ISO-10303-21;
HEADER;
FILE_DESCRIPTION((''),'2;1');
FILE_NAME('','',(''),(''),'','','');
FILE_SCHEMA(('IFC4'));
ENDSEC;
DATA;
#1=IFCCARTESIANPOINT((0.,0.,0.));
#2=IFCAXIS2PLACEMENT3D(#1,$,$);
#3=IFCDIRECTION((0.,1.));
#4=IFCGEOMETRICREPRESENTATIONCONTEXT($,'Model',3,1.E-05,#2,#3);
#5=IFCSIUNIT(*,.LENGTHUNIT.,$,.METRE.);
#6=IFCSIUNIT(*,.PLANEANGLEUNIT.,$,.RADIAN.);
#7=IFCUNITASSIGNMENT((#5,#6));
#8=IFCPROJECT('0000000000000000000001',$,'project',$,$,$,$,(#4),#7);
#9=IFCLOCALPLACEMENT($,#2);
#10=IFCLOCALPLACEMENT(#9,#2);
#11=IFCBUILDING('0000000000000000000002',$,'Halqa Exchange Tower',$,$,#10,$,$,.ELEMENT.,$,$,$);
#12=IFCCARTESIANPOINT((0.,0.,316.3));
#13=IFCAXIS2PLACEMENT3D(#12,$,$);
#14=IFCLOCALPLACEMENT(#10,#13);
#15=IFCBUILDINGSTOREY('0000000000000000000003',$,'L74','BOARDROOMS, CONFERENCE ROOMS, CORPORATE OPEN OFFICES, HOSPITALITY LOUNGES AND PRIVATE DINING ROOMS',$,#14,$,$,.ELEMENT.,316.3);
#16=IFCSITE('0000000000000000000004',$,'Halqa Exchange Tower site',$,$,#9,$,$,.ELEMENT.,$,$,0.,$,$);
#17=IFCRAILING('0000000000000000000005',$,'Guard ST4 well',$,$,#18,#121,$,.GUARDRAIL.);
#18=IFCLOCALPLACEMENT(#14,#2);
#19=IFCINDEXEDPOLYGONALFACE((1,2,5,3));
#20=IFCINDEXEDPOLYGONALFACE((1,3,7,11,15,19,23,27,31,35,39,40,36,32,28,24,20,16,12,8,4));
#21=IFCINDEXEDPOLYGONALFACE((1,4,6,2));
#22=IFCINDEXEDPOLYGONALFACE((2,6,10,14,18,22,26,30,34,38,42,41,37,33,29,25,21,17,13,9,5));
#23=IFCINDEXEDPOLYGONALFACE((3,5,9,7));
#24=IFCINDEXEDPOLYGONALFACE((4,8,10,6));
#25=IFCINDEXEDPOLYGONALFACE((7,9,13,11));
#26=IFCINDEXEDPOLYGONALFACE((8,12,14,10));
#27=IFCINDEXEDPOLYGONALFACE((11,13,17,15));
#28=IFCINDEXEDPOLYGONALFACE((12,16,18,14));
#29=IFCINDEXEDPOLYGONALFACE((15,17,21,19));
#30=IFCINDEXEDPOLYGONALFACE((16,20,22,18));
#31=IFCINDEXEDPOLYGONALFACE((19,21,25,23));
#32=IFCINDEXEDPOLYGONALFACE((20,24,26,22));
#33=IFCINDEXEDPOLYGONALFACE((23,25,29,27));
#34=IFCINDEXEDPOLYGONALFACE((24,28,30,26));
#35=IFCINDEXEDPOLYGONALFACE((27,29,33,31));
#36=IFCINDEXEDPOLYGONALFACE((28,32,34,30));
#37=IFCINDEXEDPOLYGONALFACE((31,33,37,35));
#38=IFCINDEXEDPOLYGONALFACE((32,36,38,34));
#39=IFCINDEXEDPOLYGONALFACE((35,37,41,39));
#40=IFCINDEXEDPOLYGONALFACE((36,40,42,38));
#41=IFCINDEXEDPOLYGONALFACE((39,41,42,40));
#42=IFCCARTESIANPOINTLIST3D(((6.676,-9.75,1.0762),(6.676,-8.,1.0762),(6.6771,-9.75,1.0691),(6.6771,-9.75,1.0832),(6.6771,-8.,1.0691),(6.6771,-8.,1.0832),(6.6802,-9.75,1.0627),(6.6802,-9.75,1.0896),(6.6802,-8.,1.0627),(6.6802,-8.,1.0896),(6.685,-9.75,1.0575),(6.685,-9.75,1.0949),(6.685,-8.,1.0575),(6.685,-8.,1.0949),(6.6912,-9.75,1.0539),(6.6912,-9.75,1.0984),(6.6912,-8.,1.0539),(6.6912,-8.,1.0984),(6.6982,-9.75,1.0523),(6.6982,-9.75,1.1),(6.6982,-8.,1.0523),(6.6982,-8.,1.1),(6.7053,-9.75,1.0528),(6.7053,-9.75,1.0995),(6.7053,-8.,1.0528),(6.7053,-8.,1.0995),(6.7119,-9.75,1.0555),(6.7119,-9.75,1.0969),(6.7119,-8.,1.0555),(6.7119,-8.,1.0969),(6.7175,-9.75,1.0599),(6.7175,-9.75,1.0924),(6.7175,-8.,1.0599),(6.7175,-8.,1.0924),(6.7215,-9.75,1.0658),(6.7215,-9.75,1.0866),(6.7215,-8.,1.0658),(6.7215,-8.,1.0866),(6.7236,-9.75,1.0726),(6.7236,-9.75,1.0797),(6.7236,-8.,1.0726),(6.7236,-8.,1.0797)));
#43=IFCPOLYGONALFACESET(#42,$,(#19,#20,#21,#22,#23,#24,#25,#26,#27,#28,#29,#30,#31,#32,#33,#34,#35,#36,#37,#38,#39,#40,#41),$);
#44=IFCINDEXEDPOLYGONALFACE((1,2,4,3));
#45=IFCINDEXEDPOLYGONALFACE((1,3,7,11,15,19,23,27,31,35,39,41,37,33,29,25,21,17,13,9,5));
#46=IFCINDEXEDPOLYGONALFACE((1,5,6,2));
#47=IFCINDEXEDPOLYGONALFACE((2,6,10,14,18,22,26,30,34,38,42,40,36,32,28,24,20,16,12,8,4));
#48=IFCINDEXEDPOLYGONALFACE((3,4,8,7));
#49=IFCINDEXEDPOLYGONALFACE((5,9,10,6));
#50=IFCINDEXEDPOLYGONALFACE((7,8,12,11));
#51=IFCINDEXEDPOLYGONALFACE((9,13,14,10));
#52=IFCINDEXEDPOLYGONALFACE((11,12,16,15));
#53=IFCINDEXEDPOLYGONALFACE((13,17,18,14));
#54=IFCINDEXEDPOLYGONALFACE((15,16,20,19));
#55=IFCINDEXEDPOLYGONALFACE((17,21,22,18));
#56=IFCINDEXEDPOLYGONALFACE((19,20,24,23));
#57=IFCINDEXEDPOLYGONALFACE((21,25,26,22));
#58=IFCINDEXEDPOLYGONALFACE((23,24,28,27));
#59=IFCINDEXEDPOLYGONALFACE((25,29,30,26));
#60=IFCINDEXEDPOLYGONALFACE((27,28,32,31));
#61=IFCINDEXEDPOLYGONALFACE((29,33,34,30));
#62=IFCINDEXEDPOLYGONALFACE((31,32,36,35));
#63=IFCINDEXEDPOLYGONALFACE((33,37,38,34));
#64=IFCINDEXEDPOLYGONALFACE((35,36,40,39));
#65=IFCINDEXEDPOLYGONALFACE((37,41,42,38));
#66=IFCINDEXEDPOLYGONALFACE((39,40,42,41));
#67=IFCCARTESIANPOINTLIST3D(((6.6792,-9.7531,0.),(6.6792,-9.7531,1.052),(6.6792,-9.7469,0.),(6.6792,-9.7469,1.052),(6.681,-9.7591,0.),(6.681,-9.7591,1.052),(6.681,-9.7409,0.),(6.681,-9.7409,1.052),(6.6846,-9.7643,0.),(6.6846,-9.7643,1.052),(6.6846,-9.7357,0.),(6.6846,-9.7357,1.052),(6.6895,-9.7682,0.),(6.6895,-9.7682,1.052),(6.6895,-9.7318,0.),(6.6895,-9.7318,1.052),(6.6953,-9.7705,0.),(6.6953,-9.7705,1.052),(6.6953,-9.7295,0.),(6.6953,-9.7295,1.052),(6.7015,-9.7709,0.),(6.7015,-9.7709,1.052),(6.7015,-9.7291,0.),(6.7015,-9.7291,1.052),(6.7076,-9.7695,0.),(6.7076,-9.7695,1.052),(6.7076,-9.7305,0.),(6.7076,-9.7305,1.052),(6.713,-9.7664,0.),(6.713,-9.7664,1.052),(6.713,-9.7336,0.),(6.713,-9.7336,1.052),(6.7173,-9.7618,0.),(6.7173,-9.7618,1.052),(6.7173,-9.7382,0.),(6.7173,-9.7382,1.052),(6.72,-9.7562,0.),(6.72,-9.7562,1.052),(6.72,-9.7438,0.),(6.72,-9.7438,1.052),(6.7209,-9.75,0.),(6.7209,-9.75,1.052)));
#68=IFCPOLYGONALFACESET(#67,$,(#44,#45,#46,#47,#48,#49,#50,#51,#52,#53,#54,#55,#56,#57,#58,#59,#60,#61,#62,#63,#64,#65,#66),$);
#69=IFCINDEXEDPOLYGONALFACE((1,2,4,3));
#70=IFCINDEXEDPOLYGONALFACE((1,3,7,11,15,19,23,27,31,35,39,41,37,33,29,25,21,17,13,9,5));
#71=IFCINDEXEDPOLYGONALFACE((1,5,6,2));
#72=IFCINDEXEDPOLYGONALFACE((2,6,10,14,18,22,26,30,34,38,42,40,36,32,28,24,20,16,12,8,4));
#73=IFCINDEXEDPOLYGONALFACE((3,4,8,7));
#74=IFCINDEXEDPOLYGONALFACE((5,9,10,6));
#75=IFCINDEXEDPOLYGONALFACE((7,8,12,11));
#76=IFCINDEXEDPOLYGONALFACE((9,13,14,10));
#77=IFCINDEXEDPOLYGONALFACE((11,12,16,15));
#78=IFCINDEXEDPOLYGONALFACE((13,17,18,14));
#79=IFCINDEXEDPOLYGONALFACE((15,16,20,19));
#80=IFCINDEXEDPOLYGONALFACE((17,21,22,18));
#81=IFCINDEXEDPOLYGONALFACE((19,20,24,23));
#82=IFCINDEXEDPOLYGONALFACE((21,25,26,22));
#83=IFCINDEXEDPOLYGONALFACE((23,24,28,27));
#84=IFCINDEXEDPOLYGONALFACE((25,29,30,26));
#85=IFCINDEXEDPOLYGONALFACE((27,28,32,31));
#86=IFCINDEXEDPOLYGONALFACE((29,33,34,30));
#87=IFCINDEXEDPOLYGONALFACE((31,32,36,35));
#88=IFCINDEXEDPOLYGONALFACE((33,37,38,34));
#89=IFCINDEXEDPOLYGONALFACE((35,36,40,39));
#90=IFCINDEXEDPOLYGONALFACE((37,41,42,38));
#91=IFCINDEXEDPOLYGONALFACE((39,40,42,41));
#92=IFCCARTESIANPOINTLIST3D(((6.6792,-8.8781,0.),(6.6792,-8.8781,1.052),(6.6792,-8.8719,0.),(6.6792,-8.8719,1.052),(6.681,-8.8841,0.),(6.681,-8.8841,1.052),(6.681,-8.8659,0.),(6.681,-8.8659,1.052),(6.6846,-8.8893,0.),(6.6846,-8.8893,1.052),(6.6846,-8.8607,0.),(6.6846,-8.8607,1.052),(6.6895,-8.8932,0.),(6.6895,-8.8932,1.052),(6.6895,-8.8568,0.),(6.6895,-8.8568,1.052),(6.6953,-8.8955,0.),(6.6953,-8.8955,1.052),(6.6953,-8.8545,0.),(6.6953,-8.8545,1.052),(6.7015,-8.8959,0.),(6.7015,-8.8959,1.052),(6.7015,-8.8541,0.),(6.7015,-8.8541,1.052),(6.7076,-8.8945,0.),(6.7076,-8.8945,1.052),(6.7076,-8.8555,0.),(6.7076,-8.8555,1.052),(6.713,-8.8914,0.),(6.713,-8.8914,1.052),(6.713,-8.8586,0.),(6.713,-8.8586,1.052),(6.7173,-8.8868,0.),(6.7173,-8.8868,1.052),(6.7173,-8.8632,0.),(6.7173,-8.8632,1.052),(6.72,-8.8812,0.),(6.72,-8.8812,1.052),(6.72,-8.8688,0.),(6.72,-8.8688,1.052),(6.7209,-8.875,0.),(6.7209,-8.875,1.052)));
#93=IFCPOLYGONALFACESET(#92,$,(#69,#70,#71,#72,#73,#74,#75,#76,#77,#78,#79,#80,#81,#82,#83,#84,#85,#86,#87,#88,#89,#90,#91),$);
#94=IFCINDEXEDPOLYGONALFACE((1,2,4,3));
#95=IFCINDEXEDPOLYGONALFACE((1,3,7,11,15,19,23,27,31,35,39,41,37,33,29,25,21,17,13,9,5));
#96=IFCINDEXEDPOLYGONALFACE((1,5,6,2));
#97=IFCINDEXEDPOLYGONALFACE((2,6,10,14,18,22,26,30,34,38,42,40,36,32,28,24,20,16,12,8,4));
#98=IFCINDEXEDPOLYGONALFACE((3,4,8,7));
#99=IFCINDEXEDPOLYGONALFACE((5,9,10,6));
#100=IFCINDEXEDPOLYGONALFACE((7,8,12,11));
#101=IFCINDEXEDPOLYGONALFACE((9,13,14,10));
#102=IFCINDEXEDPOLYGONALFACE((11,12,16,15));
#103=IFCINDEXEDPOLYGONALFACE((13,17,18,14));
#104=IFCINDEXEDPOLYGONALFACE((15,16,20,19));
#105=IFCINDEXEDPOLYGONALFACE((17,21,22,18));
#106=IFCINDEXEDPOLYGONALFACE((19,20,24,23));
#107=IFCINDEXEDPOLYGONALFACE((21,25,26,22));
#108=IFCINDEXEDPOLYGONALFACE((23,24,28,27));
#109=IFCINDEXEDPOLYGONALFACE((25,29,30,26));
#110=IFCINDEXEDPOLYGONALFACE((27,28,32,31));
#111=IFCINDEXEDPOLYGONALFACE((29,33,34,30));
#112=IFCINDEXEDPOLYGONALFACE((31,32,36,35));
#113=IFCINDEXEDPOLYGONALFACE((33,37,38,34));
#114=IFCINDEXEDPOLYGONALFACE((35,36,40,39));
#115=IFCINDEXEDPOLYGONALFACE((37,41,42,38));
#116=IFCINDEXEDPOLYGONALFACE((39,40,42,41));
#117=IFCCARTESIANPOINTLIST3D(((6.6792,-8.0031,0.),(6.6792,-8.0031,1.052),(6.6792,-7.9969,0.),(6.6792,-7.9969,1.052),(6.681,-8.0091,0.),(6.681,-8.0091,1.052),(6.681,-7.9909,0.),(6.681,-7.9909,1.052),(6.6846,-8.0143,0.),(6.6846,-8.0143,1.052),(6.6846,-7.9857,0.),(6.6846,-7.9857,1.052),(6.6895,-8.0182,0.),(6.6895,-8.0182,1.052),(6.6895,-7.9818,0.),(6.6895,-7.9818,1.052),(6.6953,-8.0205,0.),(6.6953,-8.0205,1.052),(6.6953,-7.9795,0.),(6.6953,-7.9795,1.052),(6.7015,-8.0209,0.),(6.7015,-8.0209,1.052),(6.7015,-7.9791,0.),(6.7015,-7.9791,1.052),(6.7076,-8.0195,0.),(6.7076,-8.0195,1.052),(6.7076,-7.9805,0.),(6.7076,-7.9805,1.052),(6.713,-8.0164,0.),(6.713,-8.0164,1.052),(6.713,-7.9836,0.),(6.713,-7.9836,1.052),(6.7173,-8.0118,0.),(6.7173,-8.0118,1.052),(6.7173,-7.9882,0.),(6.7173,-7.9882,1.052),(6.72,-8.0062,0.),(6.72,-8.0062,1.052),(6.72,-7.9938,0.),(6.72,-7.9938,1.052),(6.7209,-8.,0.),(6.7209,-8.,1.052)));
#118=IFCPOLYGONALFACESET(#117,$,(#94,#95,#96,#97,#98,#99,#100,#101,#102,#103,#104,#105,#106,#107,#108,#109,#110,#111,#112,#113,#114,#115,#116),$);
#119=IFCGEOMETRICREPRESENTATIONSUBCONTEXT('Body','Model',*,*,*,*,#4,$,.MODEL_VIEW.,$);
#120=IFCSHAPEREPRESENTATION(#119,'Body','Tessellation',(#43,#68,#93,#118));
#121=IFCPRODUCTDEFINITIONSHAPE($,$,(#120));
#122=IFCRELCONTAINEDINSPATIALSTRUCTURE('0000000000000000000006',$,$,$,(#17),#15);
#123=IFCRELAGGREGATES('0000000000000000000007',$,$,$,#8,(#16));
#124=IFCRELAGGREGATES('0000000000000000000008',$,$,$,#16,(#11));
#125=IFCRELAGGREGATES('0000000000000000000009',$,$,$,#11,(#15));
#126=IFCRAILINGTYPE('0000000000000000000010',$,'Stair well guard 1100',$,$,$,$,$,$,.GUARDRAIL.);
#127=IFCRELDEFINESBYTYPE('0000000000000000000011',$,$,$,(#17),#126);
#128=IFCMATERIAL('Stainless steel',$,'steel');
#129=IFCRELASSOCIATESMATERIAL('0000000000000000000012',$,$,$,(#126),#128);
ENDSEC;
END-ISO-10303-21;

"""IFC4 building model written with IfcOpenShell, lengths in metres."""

from ifc_helpers import new_model, si_unit, direction, frame, origin, origin_2d, place, context, subcontext, project, spatial, circle, extrude, material, type_object, element, save


model = new_model("IFC4")

# Units and contexts
model_context = context("Model", 3, precision=1e-05, world=origin(), true_north=direction((0.0, 1.0)))
body_context = subcontext(model_context, "Body", "Model", "MODEL_VIEW")
ifc_project = project(units=[si_unit("LENGTHUNIT", "METRE"), si_unit("PLANEANGLEUNIT", "RADIAN")], contexts=[model_context])

# Site, building, storey
site_placement = place(None, origin())
site = spatial("IfcSite", under=ifc_project, at=site_placement, Name="Halqa Exchange Tower site", CompositionType="ELEMENT", RefElevation=0.0)
building_placement = place(site_placement, origin())
building = spatial("IfcBuilding", under=site, at=building_placement, Name="Halqa Exchange Tower", CompositionType="ELEMENT")
storey_placement = place(building_placement, frame((0.0, 0.0, 316.3)))
storey = spatial("IfcBuildingStorey", under=building, at=storey_placement, Name="L74", Description="BOARDROOMS, CONFERENCE ROOMS, CORPORATE OPEN OFFICES, HOSPITALITY LOUNGES AND PRIVATE DINING ROOMS", CompositionType="ELEMENT", Elevation=316.3)

# Railing
ifc_material_1 = material(Name="Stainless steel", Category="steel")
railing_type_1 = type_object("IfcRailingType", Name="Stair well guard 1100", PredefinedType="GUARDRAIL", material=ifc_material_1)
railing_1_placement = place(storey_placement, frame((6.7, -9.75, 0.0)))
element("IfcRailing", 1, at=railing_1_placement, inside=storey, type_object=railing_type_1, Name="Guard ST4 well", PredefinedType="GUARDRAIL", context=body_context, shape_type="SweptSolid", body=[
    extrude(circle(Radius=0.0239, at=origin_2d()), frame((0.0, 0.0, 1.0762), z_axis=(0.0, 1.0, 0.0), x_axis=(-1.0, 0.0, 0.0)), (0.0, 0.0, 1.0), 1.75),
    extrude(circle(Radius=0.021, at=origin_2d()), origin(), (0.0, 0.0, 1.0), 1.052),
    extrude(circle(Radius=0.021, at=origin_2d()), frame((0.0, 0.875, 0.0)), (0.0, 0.0, 1.0), 1.052),
    extrude(circle(Radius=0.021, at=origin_2d()), frame((0.0, 1.75, 0.0)), (0.0, 0.0, 1.0), 1.052),
])

save(model, "model.ifc")
